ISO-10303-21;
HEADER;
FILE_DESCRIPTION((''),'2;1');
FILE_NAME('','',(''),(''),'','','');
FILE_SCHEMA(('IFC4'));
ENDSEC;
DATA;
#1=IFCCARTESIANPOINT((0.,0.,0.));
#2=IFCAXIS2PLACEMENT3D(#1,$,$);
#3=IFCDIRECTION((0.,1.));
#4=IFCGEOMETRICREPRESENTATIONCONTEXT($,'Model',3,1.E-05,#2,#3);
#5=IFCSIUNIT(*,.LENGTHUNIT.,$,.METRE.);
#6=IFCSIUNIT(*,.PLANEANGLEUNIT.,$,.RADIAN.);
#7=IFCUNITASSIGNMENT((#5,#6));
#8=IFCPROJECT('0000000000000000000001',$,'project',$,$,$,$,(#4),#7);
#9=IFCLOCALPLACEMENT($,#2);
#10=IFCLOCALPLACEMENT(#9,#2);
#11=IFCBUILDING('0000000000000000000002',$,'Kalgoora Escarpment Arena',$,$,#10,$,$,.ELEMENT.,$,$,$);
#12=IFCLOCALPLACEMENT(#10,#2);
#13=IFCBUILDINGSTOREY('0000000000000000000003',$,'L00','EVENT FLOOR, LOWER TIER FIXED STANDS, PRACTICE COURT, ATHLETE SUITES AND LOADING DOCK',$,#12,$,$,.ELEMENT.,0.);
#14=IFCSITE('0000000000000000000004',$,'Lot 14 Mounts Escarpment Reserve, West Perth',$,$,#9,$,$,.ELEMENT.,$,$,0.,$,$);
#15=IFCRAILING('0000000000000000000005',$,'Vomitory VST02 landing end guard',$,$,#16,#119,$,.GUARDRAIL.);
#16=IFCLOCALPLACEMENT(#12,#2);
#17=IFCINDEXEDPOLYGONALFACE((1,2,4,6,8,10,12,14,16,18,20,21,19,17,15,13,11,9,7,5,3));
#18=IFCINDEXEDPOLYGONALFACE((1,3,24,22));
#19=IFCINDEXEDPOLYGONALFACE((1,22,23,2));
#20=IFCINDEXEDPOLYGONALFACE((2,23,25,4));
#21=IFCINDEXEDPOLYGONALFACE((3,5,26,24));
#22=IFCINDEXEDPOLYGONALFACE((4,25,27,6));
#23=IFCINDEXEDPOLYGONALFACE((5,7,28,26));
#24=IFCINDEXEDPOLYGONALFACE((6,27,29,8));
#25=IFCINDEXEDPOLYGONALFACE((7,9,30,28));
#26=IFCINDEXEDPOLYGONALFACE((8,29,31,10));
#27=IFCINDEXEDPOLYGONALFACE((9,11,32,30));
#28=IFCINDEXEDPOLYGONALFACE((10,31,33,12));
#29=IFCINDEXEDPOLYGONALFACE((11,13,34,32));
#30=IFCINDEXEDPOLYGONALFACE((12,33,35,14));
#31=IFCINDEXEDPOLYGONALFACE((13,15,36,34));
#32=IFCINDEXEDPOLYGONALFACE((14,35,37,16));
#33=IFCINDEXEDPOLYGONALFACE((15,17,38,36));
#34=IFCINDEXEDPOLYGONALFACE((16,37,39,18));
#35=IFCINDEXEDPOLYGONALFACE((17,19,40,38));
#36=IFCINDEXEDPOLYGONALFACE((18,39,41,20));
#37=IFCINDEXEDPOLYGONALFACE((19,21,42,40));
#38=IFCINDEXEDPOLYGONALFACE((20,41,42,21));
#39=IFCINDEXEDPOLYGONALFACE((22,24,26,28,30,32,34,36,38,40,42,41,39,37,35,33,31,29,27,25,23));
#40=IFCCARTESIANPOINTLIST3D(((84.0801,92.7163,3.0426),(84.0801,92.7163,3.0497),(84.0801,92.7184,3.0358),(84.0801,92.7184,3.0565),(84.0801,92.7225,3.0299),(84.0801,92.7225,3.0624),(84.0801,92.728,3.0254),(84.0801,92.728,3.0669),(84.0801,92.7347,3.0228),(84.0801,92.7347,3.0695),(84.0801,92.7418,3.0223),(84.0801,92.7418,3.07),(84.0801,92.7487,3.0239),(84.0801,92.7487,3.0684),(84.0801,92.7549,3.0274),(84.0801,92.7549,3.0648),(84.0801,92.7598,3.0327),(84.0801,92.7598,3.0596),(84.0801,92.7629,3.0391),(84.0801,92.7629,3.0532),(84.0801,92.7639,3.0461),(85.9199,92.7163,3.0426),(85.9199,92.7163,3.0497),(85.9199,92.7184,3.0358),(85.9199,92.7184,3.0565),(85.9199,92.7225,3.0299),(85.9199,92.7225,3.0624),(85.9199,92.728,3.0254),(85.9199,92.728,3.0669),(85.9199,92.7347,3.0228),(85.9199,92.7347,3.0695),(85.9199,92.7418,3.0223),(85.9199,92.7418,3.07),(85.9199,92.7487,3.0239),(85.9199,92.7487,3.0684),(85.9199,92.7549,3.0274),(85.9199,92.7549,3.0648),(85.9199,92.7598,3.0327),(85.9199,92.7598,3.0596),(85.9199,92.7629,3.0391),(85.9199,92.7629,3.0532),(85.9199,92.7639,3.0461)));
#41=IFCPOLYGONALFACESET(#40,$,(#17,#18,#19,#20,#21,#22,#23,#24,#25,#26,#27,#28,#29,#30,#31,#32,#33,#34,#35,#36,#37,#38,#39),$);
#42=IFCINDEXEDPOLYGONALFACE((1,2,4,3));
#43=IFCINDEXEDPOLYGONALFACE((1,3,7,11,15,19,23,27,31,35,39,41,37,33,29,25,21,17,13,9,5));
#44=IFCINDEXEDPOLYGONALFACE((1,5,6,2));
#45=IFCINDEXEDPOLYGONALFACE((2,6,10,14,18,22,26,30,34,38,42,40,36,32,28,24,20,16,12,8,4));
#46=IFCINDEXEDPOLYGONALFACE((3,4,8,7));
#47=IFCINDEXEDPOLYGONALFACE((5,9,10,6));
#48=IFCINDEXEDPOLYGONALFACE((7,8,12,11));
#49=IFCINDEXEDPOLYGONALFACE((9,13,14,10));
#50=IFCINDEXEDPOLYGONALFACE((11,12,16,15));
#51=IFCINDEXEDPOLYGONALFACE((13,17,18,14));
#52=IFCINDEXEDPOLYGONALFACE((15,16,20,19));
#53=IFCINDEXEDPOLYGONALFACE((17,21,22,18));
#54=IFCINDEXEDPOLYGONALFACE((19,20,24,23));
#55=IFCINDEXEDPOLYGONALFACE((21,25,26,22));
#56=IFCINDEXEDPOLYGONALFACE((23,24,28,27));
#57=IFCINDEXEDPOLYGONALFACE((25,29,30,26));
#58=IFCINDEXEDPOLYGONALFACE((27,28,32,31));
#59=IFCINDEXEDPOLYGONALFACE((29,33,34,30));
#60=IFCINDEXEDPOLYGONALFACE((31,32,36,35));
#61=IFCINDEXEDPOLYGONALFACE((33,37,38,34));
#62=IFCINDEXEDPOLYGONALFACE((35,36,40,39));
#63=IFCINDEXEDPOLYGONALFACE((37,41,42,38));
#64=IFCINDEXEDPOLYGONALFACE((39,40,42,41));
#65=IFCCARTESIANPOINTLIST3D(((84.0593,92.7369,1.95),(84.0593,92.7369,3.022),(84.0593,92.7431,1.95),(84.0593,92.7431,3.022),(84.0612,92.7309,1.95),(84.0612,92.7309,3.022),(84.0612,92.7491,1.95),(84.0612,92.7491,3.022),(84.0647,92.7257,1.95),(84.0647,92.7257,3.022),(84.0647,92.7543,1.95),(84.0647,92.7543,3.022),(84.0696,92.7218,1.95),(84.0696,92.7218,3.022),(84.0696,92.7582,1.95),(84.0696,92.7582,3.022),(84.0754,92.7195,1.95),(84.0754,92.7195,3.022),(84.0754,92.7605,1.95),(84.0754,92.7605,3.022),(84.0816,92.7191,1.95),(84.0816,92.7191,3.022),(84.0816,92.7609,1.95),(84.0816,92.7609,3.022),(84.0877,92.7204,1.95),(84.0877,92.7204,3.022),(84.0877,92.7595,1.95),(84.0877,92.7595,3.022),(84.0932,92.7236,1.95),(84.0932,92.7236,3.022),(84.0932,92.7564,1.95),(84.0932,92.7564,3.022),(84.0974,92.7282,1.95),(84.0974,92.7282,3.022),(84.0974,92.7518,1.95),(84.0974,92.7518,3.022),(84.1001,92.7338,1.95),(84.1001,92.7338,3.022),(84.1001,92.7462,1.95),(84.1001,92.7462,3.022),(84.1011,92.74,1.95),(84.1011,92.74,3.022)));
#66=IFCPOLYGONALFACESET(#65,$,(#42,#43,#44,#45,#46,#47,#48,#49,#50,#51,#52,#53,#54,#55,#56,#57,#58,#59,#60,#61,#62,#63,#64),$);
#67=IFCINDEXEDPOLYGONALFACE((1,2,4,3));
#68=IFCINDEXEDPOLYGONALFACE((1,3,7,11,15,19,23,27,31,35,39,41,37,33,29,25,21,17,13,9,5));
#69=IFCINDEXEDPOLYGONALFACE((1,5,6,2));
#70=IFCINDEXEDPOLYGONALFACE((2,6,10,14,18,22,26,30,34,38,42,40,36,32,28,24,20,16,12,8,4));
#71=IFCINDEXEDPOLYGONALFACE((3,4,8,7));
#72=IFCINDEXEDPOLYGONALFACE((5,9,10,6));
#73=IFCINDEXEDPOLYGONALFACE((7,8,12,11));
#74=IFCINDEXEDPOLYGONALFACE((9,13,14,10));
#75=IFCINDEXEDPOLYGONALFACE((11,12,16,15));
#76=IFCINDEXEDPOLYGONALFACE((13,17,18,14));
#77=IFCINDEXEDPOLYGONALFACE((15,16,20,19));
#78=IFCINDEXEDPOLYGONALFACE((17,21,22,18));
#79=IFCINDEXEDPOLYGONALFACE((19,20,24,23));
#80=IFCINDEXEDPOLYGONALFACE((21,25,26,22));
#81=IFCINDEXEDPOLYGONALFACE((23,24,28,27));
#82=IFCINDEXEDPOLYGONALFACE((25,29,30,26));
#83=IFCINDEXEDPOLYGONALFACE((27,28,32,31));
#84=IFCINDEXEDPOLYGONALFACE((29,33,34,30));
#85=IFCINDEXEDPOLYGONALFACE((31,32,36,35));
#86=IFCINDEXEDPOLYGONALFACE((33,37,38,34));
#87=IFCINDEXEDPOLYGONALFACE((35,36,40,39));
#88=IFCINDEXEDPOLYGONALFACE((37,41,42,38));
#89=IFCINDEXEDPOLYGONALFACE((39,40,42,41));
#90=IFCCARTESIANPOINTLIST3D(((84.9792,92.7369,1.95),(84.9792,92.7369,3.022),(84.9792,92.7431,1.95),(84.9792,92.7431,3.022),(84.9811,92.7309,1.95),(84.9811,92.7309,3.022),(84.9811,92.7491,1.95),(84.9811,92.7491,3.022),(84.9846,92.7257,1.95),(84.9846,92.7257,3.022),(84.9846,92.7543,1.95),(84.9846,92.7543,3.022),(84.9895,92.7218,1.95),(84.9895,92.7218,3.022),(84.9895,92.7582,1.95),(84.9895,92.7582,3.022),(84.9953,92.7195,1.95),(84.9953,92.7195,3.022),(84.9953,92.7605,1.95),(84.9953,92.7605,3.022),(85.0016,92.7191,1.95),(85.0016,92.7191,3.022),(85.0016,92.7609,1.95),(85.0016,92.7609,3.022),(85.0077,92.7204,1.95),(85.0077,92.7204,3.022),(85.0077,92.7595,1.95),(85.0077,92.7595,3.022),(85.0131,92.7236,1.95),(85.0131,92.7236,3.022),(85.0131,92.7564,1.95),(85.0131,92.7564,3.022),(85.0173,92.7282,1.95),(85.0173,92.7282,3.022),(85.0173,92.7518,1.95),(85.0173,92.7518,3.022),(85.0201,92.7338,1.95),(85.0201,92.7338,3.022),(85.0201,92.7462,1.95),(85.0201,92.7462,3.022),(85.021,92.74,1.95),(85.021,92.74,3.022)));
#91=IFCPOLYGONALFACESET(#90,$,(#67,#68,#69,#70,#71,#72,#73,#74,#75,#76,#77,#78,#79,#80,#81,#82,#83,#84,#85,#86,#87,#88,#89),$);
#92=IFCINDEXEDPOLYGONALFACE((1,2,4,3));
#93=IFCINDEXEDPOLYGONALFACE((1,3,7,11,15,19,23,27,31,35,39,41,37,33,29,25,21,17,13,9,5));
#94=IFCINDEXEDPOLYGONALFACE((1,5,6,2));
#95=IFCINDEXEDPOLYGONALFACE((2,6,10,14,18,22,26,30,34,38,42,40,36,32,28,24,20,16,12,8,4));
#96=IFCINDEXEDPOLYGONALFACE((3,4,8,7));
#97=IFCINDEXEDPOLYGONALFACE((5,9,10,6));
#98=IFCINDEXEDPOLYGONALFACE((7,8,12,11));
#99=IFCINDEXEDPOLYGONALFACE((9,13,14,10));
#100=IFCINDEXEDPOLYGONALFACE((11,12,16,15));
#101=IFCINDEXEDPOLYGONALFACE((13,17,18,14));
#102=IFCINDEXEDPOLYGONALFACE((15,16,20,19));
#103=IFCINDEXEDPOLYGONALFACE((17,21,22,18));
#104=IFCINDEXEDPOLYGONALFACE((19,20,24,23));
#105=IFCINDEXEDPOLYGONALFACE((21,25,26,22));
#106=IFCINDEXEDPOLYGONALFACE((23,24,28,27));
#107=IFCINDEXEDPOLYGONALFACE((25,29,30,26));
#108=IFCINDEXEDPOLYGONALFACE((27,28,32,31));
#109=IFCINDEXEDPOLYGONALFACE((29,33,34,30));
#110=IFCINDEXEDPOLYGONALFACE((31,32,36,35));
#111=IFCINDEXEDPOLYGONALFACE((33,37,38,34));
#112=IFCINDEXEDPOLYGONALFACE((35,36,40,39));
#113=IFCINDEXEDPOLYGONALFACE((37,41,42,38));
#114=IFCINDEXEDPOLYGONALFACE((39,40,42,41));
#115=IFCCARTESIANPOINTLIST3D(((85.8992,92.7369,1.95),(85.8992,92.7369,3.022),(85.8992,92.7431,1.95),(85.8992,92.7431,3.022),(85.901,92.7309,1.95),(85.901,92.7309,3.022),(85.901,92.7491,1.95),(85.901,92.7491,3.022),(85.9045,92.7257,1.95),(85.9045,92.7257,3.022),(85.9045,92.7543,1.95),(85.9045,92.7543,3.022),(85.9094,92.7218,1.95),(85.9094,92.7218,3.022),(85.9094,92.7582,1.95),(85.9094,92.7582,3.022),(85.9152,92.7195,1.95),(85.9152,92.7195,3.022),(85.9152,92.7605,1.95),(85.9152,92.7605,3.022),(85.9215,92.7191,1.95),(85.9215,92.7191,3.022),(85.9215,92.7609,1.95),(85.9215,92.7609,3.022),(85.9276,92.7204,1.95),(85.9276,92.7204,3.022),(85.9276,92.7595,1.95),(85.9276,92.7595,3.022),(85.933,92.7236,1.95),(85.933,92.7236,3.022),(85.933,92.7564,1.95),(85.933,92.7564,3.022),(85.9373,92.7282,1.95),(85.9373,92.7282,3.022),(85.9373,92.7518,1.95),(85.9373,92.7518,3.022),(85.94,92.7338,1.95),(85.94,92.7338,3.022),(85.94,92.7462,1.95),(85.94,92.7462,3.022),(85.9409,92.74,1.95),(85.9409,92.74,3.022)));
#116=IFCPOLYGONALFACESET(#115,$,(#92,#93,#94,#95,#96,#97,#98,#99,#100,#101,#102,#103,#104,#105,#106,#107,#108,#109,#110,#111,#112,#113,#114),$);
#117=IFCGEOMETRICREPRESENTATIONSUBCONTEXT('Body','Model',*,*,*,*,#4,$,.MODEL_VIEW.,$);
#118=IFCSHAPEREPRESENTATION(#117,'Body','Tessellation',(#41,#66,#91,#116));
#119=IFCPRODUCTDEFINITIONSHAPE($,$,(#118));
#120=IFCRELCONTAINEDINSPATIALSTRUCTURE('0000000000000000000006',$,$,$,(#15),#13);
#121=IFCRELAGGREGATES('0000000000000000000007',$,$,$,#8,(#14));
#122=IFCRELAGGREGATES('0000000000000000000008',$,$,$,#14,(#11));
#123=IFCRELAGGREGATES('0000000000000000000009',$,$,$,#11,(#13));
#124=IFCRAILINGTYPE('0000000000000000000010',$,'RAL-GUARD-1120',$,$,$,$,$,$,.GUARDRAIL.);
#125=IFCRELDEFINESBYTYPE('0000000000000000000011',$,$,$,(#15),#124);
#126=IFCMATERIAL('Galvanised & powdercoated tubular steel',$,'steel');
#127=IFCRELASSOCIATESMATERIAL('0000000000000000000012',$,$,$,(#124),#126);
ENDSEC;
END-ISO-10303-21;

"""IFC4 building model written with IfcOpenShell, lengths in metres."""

from ifc_helpers import new_model, si_unit, direction, frame, origin, origin_2d, place, context, subcontext, project, spatial, circle, extrude, material, type_object, element, save


model = new_model("IFC4")

# Units and contexts
model_context = context("Model", 3, precision=1e-05, world=origin(), true_north=direction((0.0, 1.0)))
body_context = subcontext(model_context, "Body", "Model", "MODEL_VIEW")
ifc_project = project(units=[si_unit("LENGTHUNIT", "METRE"), si_unit("PLANEANGLEUNIT", "RADIAN")], contexts=[model_context])

# Site, building, storey
site_placement = place(None, origin())
site = spatial("IfcSite", under=ifc_project, at=site_placement, Name="Lot 14 Mounts Escarpment Reserve, West Perth", CompositionType="ELEMENT", RefElevation=0.0)
building_placement = place(site_placement, origin())
building = spatial("IfcBuilding", under=site, at=building_placement, Name="Kalgoora Escarpment Arena", CompositionType="ELEMENT")
storey_placement = place(building_placement, origin())
storey = spatial("IfcBuildingStorey", under=building, at=storey_placement, Name="L00", Description="EVENT FLOOR, LOWER TIER FIXED STANDS, PRACTICE COURT, ATHLETE SUITES AND LOADING DOCK", CompositionType="ELEMENT", Elevation=0.0)

# Railing
ifc_material_1 = material(Name="Galvanised & powdercoated tubular steel", Category="steel")
railing_type_1 = type_object("IfcRailingType", Name="RAL-GUARD-1120", PredefinedType="GUARDRAIL", material=ifc_material_1)
railing_1_placement = place(storey_placement, frame((84.0801, 92.74, 1.95)))
element("IfcRailing", 1, at=railing_1_placement, inside=storey, type_object=railing_type_1, Name="Vomitory VST02 landing end guard", PredefinedType="GUARDRAIL", context=body_context, shape_type="SweptSolid", body=[
    extrude(circle(Radius=0.0239, at=origin_2d()), frame((0.0, 0.0, 1.0962), z_axis=(1.0, 0.0, 0.0), x_axis=(0.0, 1.0, 0.0)), (0.0, 0.0, 1.0), 1.8398),
    extrude(circle(Radius=0.021, at=origin_2d()), origin(), (0.0, 0.0, 1.0), 1.072),
    extrude(circle(Radius=0.021, at=origin_2d()), frame((0.9199, 0.0, 0.0)), (0.0, 0.0, 1.0), 1.072),
    extrude(circle(Radius=0.021, at=origin_2d()), frame((1.8398, 0.0, 0.0)), (0.0, 0.0, 1.0), 1.072),
])

save(model, "model.ifc")
